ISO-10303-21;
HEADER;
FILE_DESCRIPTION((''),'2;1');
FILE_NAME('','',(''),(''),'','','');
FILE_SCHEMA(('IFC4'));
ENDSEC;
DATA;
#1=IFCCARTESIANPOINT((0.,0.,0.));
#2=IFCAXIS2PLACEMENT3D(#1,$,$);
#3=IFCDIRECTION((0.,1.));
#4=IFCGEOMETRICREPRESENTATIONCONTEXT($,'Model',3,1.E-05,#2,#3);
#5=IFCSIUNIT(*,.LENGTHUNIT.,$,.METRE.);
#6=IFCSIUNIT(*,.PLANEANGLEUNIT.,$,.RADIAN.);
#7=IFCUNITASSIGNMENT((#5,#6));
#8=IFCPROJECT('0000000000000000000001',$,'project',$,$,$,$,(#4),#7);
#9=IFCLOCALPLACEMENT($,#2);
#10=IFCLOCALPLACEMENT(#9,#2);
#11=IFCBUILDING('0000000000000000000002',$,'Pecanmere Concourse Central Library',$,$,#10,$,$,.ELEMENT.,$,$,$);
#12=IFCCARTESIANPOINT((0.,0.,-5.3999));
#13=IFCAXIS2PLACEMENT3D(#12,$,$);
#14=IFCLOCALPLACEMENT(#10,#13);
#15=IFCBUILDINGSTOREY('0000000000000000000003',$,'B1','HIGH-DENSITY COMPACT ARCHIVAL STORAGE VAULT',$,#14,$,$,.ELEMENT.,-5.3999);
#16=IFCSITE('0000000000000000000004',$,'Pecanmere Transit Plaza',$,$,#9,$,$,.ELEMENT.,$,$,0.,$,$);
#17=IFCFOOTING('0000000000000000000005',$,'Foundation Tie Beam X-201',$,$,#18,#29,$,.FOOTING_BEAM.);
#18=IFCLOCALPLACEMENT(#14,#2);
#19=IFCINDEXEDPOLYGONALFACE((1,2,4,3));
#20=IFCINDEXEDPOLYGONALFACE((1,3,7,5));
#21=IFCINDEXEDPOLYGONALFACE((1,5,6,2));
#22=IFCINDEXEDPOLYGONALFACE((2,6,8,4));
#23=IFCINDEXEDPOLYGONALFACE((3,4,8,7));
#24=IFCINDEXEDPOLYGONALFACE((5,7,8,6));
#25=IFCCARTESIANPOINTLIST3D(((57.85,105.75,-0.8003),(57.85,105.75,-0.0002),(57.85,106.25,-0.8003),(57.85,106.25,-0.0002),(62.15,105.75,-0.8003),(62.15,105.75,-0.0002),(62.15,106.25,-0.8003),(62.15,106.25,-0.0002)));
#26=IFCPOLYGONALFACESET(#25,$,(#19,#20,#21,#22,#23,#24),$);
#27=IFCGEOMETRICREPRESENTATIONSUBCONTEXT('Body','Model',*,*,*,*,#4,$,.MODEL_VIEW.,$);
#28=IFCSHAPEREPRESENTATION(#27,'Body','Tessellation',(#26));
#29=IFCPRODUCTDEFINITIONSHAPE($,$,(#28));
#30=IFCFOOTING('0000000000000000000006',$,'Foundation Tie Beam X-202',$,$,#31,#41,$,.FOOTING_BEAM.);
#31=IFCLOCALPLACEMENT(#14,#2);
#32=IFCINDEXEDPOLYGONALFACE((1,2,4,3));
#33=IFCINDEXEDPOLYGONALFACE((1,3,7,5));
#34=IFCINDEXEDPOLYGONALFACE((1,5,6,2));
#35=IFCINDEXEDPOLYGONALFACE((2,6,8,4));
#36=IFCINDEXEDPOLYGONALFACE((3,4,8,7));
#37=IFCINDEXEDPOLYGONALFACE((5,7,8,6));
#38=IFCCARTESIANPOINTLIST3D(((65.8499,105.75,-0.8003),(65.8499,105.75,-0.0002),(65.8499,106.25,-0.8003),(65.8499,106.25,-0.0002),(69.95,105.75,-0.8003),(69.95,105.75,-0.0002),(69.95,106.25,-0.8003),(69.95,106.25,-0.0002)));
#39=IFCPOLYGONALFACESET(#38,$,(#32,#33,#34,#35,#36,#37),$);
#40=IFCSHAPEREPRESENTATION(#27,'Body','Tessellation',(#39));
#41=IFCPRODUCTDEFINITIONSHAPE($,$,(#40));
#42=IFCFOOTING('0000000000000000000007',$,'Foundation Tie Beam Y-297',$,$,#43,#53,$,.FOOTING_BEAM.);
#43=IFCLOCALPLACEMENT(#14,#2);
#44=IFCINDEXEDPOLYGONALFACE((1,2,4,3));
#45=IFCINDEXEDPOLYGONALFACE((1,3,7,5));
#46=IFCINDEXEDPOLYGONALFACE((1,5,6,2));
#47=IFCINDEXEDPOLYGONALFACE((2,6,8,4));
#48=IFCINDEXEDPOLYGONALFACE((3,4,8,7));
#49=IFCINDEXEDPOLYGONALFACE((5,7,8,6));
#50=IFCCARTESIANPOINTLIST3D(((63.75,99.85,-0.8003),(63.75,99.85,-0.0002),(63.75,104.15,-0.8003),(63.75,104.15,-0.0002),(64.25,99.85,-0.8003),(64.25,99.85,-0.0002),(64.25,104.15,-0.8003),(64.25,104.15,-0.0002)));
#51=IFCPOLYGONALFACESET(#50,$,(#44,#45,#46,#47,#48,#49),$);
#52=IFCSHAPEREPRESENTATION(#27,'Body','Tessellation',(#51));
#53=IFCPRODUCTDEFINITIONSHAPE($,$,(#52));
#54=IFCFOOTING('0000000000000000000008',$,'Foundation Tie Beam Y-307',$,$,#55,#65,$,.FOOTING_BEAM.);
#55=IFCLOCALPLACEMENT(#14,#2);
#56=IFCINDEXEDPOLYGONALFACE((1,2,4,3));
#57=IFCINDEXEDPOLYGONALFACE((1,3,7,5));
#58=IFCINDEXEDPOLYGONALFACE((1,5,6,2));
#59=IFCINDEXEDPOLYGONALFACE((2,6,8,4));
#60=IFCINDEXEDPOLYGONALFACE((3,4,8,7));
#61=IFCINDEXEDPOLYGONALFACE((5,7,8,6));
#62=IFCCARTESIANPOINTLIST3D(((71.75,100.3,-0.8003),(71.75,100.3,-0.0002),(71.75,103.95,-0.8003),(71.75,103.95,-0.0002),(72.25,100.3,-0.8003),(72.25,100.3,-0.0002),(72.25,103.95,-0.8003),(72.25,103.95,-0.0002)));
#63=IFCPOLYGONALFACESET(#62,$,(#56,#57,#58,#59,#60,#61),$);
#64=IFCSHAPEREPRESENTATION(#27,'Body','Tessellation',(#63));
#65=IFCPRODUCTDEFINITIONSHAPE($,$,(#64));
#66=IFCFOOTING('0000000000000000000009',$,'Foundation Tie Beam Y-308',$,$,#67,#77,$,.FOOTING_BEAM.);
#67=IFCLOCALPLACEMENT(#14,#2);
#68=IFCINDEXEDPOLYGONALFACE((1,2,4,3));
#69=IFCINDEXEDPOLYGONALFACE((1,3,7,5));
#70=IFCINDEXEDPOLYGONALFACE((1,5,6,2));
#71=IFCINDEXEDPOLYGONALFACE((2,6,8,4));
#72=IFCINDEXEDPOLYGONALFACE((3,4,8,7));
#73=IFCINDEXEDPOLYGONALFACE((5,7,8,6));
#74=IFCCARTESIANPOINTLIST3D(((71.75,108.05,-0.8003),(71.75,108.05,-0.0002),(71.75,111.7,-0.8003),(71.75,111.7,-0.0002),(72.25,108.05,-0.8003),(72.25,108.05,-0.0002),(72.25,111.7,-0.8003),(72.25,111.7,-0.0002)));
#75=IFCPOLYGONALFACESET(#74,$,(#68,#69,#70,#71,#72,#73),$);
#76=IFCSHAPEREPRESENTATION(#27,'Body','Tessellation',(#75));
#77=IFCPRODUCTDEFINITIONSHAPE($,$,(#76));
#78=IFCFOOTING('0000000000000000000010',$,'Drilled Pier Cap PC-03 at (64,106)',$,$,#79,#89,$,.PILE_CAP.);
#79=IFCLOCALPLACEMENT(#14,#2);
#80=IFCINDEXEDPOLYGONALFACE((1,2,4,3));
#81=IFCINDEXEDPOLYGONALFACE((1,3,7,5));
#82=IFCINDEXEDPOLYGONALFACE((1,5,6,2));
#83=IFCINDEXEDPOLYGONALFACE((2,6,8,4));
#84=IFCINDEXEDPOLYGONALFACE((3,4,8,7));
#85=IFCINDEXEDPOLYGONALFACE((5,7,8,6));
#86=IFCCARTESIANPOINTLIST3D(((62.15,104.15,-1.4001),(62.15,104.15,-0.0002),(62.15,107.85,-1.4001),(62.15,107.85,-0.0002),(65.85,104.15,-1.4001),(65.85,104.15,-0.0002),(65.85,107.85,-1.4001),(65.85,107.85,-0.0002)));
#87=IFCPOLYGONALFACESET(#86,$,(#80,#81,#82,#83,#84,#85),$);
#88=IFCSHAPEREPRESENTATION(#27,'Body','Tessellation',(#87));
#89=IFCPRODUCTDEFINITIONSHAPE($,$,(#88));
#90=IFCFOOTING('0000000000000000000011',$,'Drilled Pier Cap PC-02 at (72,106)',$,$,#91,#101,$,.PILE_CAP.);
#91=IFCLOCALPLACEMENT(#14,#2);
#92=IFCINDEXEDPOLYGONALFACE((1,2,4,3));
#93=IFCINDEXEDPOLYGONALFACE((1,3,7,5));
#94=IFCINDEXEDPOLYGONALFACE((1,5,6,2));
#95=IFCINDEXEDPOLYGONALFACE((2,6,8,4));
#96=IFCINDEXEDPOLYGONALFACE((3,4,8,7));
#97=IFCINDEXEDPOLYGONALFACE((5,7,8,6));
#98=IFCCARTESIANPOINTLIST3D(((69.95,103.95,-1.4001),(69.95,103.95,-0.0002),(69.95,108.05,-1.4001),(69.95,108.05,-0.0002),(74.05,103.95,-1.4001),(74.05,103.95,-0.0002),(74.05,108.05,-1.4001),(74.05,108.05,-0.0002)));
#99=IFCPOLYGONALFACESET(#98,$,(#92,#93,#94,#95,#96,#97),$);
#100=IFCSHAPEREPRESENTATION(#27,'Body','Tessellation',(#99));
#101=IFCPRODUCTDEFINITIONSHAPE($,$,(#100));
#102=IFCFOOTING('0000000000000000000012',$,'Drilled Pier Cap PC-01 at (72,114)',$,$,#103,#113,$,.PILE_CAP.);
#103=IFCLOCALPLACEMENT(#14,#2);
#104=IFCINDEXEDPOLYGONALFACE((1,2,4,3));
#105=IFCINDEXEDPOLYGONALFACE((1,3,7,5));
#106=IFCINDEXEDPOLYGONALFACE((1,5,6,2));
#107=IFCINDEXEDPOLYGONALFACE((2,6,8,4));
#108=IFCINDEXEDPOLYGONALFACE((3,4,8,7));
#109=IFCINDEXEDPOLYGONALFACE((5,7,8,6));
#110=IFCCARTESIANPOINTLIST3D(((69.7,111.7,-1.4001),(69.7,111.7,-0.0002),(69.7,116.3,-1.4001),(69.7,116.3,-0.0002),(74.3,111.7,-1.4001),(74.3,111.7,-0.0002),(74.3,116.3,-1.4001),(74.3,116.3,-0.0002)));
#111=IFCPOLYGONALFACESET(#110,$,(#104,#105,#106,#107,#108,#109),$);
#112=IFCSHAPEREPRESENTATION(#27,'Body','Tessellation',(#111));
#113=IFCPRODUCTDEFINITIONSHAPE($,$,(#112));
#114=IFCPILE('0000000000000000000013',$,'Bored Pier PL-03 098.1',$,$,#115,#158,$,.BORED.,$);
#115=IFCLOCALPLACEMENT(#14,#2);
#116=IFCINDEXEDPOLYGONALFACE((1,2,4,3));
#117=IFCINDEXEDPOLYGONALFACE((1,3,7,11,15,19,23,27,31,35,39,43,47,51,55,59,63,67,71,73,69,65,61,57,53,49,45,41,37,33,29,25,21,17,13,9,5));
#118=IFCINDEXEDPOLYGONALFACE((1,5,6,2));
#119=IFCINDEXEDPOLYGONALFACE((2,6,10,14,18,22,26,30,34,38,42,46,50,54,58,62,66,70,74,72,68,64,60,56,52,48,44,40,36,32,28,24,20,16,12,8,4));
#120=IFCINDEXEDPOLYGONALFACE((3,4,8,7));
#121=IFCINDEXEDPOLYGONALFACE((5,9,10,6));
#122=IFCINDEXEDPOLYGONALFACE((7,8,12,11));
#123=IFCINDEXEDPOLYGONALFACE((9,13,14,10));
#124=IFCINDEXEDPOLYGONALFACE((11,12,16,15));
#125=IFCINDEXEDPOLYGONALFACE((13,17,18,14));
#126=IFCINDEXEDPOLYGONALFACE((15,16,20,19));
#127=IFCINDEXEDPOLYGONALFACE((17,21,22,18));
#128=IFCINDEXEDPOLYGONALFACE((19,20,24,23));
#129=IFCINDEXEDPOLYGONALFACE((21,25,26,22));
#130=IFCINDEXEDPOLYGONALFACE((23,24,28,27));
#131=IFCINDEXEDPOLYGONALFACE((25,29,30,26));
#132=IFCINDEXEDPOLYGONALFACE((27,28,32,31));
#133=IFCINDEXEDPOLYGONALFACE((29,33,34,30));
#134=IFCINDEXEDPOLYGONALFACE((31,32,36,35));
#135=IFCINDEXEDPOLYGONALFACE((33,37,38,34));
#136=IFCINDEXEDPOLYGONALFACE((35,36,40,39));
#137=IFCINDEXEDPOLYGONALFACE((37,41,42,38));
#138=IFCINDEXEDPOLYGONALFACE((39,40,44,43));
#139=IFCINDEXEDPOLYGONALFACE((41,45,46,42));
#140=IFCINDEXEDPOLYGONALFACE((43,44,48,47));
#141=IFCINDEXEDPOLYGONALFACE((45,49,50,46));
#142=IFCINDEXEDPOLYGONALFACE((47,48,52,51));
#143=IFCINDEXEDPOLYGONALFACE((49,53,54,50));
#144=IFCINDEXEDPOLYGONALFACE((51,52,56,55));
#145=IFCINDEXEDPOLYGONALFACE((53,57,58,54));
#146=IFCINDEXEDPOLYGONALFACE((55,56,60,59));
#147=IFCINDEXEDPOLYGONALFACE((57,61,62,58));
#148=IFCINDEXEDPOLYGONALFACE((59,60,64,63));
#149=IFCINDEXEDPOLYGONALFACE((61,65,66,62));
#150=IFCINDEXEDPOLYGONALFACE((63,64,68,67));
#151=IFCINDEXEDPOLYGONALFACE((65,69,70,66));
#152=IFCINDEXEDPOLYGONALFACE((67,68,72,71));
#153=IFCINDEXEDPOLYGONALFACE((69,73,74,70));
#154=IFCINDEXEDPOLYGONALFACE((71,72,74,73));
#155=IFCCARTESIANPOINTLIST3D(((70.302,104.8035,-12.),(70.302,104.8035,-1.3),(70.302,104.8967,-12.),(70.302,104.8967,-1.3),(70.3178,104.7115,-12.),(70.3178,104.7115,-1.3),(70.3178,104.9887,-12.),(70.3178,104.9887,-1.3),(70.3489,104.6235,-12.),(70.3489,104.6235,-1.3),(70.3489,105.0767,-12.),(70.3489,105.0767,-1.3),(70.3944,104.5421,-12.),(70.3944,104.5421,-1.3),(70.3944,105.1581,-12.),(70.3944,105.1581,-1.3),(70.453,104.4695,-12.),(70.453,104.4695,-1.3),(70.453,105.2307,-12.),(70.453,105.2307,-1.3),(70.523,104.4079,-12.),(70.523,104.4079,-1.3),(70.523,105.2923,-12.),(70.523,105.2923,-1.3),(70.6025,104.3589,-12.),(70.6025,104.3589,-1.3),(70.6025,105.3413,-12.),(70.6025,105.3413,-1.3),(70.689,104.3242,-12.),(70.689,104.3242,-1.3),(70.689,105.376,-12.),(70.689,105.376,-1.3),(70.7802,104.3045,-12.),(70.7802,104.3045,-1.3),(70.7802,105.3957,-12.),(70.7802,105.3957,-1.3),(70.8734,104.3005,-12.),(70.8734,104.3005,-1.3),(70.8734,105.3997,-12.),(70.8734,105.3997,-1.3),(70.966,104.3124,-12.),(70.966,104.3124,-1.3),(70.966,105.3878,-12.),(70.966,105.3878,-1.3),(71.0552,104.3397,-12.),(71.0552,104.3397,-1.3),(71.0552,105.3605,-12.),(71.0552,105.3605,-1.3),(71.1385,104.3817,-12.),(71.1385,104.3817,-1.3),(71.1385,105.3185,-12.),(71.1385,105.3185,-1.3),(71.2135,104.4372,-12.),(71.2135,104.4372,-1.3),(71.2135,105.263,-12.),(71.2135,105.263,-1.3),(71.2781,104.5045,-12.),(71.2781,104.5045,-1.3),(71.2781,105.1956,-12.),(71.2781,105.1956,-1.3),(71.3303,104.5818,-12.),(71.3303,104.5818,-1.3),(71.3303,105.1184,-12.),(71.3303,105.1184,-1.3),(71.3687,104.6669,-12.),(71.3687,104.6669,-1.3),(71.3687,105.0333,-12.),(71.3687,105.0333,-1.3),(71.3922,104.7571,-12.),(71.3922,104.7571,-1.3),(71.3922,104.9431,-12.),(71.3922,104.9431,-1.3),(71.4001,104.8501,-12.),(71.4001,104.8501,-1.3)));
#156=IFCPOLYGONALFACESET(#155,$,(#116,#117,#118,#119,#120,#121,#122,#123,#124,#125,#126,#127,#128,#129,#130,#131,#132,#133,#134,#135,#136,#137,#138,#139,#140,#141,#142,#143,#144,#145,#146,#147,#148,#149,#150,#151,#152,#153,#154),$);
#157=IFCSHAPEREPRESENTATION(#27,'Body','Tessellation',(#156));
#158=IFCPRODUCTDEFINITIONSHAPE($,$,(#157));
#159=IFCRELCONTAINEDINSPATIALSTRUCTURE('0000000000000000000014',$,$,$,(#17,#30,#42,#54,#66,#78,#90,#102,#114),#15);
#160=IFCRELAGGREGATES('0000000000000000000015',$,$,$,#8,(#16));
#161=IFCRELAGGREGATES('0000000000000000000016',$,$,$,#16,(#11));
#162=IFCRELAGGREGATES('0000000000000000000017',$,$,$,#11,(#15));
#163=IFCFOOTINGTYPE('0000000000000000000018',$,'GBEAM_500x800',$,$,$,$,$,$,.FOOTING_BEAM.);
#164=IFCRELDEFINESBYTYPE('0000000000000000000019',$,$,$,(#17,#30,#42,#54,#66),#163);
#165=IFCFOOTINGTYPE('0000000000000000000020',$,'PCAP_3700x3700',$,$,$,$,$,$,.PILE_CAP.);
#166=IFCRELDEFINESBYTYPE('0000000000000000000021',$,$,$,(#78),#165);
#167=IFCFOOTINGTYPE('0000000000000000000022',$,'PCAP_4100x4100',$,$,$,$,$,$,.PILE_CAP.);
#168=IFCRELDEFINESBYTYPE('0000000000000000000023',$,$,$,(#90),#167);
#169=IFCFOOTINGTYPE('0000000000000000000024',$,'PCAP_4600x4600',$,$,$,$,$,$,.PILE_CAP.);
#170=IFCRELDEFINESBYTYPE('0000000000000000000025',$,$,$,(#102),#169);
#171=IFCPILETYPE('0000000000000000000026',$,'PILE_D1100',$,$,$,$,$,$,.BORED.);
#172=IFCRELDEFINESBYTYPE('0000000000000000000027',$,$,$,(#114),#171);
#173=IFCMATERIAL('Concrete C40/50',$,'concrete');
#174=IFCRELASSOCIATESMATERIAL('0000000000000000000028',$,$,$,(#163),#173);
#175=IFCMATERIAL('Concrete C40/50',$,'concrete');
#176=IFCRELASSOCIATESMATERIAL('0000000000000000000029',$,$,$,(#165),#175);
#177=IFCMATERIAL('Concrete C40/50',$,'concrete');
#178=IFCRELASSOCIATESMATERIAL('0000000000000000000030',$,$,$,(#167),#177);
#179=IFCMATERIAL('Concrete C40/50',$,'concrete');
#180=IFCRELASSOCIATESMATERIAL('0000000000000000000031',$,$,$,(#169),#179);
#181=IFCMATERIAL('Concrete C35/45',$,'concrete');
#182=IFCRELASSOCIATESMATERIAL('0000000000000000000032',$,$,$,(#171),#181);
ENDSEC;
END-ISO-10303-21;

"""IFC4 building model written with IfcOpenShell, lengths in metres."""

from ifc_helpers import new_model, si_unit, direction, frame, origin, origin_2d, place, context, subcontext, project, spatial, rectangle, circle, extrude, material, material_profile, profile_set, type_object, element, save


model = new_model("IFC4")

# Units and contexts
model_context = context("Model", 3, precision=1e-05, world=origin(), true_north=direction((0.0, 1.0)))
body_context = subcontext(model_context, "Body", "Model", "MODEL_VIEW")
ifc_project = project(units=[si_unit("LENGTHUNIT", "METRE"), si_unit("PLANEANGLEUNIT", "RADIAN")], contexts=[model_context])

# Site, building, storey
site_placement = place(None, origin())
site = spatial("IfcSite", under=ifc_project, at=site_placement, Name="Pecanmere Transit Plaza", CompositionType="ELEMENT", RefElevation=0.0)
building_placement = place(site_placement, origin())
building = spatial("IfcBuilding", under=site, at=building_placement, Name="Pecanmere Concourse Central Library", CompositionType="ELEMENT")
storey_placement = place(building_placement, frame((0.0, 0.0, -5.3999)))
storey = spatial("IfcBuildingStorey", under=building, at=storey_placement, Name="B1", Description="HIGH-DENSITY COMPACT ARCHIVAL STORAGE VAULT", CompositionType="ELEMENT", Elevation=-5.3999)

# Footings
ifc_material_1 = material(Name="Concrete C40/50", Category="concrete")
ifc_material_profile_1 = material_profile(ifc_material_1, rectangle(XDim=0.5, YDim=0.8, at=origin_2d()), Name="RC 500x800")
ifc_profile_set_1 = profile_set([ifc_material_profile_1], Name="Concrete C40/50")
footing_type_1 = type_object("IfcFootingType", Name="GBEAM_500x800", PredefinedType="FOOTING_BEAM", material=ifc_profile_set_1)
footing_1_placement = place(storey_placement, frame((60.0, 106.0, -0.8003), z_axis=(0.0, 0.0, 1.0), x_axis=(1.0, 0.0, 0.0)))
element("IfcFooting", 1, at=footing_1_placement, inside=storey, type_object=footing_type_1, Name="Foundation Tie Beam X-201", PredefinedType="FOOTING_BEAM", context=body_context, shape_type="SweptSolid", body=[
    extrude(rectangle(XDim=4.3, YDim=0.5, at=origin_2d()), origin(), (0.0, 0.0, 1.0), 0.8),
])
footing_2_placement = place(storey_placement, frame((67.8999, 106.0, -0.8003), z_axis=(0.0, 0.0, 1.0), x_axis=(1.0, 0.0, 0.0)))
element("IfcFooting", 2, at=footing_2_placement, inside=storey, type_object=footing_type_1, Name="Foundation Tie Beam X-202", PredefinedType="FOOTING_BEAM", context=body_context, shape_type="SweptSolid", body=[
    extrude(rectangle(XDim=4.1001, YDim=0.5, at=origin_2d()), origin(), (0.0, 0.0, 1.0), 0.8),
])
footing_3_placement = place(storey_placement, frame((64.0, 102.0, -0.8003), z_axis=(0.0, 0.0, 1.0), x_axis=(0.0, 1.0, 0.0)))
element("IfcFooting", 3, at=footing_3_placement, inside=storey, type_object=footing_type_1, Name="Foundation Tie Beam Y-297", PredefinedType="FOOTING_BEAM", context=body_context, shape_type="SweptSolid", body=[
    extrude(rectangle(XDim=4.3, YDim=0.5, at=origin_2d()), origin(), (0.0, 0.0, 1.0), 0.8),
])
for number, where, z_axis, x_axis, name in (
    (4, (72.0, 102.125, -0.8003), (0.0, 0.0, 1.0), (0.0, 1.0, 0.0), "Foundation Tie Beam Y-307"),
    (5, (72.0, 109.875, -0.8003), (0.0, 0.0, 1.0), (0.0, 1.0, 0.0), "Foundation Tie Beam Y-308"),
):
    element("IfcFooting", number, at=place(storey_placement, frame(where, z_axis=z_axis, x_axis=x_axis)), inside=storey, type_object=footing_type_1, Name=name, PredefinedType="FOOTING_BEAM", context=body_context, shape_type="SweptSolid", body=[
        extrude(rectangle(XDim=3.6499, YDim=0.5, at=origin_2d()), origin(), (0.0, 0.0, 1.0), 0.8),
    ])
ifc_material_2 = material(Name="Concrete C40/50", Category="concrete")
footing_type_2 = type_object("IfcFootingType", Name="PCAP_3700x3700", PredefinedType="PILE_CAP", material=ifc_material_2)
footing_4_placement = place(storey_placement, frame((64.0, 106.0, -1.4001), z_axis=(0.0, 0.0, 1.0), x_axis=(1.0, 0.0, 0.0)))
element("IfcFooting", 6, at=footing_4_placement, inside=storey, type_object=footing_type_2, Name="Drilled Pier Cap PC-03 at (64,106)", PredefinedType="PILE_CAP", context=body_context, shape_type="SweptSolid", body=[
    extrude(rectangle(XDim=3.7, YDim=3.7, at=origin_2d()), origin(), (0.0, 0.0, 1.0), 1.3999),
])
ifc_material_3 = material(Name="Concrete C40/50", Category="concrete")
footing_type_3 = type_object("IfcFootingType", Name="PCAP_4100x4100", PredefinedType="PILE_CAP", material=ifc_material_3)
footing_5_placement = place(storey_placement, frame((72.0, 106.0, -1.4001), z_axis=(0.0, 0.0, 1.0), x_axis=(1.0, 0.0, 0.0)))
element("IfcFooting", 7, at=footing_5_placement, inside=storey, type_object=footing_type_3, Name="Drilled Pier Cap PC-02 at (72,106)", PredefinedType="PILE_CAP", context=body_context, shape_type="SweptSolid", body=[
    extrude(rectangle(XDim=4.1001, YDim=4.1001, at=origin_2d()), origin(), (0.0, 0.0, 1.0), 1.3999),
])
ifc_material_4 = material(Name="Concrete C40/50", Category="concrete")
footing_type_4 = type_object("IfcFootingType", Name="PCAP_4600x4600", PredefinedType="PILE_CAP", material=ifc_material_4)
footing_6_placement = place(storey_placement, frame((72.0, 114.0, -1.4001), z_axis=(0.0, 0.0, 1.0), x_axis=(1.0, 0.0, 0.0)))
element("IfcFooting", 8, at=footing_6_placement, inside=storey, type_object=footing_type_4, Name="Drilled Pier Cap PC-01 at (72,114)", PredefinedType="PILE_CAP", context=body_context, shape_type="SweptSolid", body=[
    extrude(rectangle(XDim=4.6001, YDim=4.6001, at=origin_2d()), origin(), (0.0, 0.0, 1.0), 1.3999),
])

# Pile
ifc_material_5 = material(Name="Concrete C35/45", Category="concrete")
ifc_material_profile_2 = material_profile(ifc_material_5, circle(Radius=0.55, at=origin_2d()), Name="PIER D1100")
ifc_profile_set_2 = profile_set([ifc_material_profile_2], Name="Concrete C35/45")
pile_type_1 = type_object("IfcPileType", Name="PILE_D1100", PredefinedType="BORED", material=ifc_profile_set_2)
for number, where, z_axis, x_axis, name in (
    (9, (70.8501, 104.8501, -1.3), (0.0, 0.0, -1.0), (1.0, 0.0, 0.0), "Bored Pier PL-03 098.1"),
):
    element("IfcPile", number, at=place(storey_placement, frame(where, z_axis=z_axis, x_axis=x_axis)), inside=storey, type_object=pile_type_1, Name=name, PredefinedType="BORED", context=body_context, shape_type="SweptSolid", body=[
        extrude(circle(Radius=0.55, at=origin_2d()), origin(), (0.0, 0.0, 1.0), 10.7),
    ])

save(model, "model.ifc")
